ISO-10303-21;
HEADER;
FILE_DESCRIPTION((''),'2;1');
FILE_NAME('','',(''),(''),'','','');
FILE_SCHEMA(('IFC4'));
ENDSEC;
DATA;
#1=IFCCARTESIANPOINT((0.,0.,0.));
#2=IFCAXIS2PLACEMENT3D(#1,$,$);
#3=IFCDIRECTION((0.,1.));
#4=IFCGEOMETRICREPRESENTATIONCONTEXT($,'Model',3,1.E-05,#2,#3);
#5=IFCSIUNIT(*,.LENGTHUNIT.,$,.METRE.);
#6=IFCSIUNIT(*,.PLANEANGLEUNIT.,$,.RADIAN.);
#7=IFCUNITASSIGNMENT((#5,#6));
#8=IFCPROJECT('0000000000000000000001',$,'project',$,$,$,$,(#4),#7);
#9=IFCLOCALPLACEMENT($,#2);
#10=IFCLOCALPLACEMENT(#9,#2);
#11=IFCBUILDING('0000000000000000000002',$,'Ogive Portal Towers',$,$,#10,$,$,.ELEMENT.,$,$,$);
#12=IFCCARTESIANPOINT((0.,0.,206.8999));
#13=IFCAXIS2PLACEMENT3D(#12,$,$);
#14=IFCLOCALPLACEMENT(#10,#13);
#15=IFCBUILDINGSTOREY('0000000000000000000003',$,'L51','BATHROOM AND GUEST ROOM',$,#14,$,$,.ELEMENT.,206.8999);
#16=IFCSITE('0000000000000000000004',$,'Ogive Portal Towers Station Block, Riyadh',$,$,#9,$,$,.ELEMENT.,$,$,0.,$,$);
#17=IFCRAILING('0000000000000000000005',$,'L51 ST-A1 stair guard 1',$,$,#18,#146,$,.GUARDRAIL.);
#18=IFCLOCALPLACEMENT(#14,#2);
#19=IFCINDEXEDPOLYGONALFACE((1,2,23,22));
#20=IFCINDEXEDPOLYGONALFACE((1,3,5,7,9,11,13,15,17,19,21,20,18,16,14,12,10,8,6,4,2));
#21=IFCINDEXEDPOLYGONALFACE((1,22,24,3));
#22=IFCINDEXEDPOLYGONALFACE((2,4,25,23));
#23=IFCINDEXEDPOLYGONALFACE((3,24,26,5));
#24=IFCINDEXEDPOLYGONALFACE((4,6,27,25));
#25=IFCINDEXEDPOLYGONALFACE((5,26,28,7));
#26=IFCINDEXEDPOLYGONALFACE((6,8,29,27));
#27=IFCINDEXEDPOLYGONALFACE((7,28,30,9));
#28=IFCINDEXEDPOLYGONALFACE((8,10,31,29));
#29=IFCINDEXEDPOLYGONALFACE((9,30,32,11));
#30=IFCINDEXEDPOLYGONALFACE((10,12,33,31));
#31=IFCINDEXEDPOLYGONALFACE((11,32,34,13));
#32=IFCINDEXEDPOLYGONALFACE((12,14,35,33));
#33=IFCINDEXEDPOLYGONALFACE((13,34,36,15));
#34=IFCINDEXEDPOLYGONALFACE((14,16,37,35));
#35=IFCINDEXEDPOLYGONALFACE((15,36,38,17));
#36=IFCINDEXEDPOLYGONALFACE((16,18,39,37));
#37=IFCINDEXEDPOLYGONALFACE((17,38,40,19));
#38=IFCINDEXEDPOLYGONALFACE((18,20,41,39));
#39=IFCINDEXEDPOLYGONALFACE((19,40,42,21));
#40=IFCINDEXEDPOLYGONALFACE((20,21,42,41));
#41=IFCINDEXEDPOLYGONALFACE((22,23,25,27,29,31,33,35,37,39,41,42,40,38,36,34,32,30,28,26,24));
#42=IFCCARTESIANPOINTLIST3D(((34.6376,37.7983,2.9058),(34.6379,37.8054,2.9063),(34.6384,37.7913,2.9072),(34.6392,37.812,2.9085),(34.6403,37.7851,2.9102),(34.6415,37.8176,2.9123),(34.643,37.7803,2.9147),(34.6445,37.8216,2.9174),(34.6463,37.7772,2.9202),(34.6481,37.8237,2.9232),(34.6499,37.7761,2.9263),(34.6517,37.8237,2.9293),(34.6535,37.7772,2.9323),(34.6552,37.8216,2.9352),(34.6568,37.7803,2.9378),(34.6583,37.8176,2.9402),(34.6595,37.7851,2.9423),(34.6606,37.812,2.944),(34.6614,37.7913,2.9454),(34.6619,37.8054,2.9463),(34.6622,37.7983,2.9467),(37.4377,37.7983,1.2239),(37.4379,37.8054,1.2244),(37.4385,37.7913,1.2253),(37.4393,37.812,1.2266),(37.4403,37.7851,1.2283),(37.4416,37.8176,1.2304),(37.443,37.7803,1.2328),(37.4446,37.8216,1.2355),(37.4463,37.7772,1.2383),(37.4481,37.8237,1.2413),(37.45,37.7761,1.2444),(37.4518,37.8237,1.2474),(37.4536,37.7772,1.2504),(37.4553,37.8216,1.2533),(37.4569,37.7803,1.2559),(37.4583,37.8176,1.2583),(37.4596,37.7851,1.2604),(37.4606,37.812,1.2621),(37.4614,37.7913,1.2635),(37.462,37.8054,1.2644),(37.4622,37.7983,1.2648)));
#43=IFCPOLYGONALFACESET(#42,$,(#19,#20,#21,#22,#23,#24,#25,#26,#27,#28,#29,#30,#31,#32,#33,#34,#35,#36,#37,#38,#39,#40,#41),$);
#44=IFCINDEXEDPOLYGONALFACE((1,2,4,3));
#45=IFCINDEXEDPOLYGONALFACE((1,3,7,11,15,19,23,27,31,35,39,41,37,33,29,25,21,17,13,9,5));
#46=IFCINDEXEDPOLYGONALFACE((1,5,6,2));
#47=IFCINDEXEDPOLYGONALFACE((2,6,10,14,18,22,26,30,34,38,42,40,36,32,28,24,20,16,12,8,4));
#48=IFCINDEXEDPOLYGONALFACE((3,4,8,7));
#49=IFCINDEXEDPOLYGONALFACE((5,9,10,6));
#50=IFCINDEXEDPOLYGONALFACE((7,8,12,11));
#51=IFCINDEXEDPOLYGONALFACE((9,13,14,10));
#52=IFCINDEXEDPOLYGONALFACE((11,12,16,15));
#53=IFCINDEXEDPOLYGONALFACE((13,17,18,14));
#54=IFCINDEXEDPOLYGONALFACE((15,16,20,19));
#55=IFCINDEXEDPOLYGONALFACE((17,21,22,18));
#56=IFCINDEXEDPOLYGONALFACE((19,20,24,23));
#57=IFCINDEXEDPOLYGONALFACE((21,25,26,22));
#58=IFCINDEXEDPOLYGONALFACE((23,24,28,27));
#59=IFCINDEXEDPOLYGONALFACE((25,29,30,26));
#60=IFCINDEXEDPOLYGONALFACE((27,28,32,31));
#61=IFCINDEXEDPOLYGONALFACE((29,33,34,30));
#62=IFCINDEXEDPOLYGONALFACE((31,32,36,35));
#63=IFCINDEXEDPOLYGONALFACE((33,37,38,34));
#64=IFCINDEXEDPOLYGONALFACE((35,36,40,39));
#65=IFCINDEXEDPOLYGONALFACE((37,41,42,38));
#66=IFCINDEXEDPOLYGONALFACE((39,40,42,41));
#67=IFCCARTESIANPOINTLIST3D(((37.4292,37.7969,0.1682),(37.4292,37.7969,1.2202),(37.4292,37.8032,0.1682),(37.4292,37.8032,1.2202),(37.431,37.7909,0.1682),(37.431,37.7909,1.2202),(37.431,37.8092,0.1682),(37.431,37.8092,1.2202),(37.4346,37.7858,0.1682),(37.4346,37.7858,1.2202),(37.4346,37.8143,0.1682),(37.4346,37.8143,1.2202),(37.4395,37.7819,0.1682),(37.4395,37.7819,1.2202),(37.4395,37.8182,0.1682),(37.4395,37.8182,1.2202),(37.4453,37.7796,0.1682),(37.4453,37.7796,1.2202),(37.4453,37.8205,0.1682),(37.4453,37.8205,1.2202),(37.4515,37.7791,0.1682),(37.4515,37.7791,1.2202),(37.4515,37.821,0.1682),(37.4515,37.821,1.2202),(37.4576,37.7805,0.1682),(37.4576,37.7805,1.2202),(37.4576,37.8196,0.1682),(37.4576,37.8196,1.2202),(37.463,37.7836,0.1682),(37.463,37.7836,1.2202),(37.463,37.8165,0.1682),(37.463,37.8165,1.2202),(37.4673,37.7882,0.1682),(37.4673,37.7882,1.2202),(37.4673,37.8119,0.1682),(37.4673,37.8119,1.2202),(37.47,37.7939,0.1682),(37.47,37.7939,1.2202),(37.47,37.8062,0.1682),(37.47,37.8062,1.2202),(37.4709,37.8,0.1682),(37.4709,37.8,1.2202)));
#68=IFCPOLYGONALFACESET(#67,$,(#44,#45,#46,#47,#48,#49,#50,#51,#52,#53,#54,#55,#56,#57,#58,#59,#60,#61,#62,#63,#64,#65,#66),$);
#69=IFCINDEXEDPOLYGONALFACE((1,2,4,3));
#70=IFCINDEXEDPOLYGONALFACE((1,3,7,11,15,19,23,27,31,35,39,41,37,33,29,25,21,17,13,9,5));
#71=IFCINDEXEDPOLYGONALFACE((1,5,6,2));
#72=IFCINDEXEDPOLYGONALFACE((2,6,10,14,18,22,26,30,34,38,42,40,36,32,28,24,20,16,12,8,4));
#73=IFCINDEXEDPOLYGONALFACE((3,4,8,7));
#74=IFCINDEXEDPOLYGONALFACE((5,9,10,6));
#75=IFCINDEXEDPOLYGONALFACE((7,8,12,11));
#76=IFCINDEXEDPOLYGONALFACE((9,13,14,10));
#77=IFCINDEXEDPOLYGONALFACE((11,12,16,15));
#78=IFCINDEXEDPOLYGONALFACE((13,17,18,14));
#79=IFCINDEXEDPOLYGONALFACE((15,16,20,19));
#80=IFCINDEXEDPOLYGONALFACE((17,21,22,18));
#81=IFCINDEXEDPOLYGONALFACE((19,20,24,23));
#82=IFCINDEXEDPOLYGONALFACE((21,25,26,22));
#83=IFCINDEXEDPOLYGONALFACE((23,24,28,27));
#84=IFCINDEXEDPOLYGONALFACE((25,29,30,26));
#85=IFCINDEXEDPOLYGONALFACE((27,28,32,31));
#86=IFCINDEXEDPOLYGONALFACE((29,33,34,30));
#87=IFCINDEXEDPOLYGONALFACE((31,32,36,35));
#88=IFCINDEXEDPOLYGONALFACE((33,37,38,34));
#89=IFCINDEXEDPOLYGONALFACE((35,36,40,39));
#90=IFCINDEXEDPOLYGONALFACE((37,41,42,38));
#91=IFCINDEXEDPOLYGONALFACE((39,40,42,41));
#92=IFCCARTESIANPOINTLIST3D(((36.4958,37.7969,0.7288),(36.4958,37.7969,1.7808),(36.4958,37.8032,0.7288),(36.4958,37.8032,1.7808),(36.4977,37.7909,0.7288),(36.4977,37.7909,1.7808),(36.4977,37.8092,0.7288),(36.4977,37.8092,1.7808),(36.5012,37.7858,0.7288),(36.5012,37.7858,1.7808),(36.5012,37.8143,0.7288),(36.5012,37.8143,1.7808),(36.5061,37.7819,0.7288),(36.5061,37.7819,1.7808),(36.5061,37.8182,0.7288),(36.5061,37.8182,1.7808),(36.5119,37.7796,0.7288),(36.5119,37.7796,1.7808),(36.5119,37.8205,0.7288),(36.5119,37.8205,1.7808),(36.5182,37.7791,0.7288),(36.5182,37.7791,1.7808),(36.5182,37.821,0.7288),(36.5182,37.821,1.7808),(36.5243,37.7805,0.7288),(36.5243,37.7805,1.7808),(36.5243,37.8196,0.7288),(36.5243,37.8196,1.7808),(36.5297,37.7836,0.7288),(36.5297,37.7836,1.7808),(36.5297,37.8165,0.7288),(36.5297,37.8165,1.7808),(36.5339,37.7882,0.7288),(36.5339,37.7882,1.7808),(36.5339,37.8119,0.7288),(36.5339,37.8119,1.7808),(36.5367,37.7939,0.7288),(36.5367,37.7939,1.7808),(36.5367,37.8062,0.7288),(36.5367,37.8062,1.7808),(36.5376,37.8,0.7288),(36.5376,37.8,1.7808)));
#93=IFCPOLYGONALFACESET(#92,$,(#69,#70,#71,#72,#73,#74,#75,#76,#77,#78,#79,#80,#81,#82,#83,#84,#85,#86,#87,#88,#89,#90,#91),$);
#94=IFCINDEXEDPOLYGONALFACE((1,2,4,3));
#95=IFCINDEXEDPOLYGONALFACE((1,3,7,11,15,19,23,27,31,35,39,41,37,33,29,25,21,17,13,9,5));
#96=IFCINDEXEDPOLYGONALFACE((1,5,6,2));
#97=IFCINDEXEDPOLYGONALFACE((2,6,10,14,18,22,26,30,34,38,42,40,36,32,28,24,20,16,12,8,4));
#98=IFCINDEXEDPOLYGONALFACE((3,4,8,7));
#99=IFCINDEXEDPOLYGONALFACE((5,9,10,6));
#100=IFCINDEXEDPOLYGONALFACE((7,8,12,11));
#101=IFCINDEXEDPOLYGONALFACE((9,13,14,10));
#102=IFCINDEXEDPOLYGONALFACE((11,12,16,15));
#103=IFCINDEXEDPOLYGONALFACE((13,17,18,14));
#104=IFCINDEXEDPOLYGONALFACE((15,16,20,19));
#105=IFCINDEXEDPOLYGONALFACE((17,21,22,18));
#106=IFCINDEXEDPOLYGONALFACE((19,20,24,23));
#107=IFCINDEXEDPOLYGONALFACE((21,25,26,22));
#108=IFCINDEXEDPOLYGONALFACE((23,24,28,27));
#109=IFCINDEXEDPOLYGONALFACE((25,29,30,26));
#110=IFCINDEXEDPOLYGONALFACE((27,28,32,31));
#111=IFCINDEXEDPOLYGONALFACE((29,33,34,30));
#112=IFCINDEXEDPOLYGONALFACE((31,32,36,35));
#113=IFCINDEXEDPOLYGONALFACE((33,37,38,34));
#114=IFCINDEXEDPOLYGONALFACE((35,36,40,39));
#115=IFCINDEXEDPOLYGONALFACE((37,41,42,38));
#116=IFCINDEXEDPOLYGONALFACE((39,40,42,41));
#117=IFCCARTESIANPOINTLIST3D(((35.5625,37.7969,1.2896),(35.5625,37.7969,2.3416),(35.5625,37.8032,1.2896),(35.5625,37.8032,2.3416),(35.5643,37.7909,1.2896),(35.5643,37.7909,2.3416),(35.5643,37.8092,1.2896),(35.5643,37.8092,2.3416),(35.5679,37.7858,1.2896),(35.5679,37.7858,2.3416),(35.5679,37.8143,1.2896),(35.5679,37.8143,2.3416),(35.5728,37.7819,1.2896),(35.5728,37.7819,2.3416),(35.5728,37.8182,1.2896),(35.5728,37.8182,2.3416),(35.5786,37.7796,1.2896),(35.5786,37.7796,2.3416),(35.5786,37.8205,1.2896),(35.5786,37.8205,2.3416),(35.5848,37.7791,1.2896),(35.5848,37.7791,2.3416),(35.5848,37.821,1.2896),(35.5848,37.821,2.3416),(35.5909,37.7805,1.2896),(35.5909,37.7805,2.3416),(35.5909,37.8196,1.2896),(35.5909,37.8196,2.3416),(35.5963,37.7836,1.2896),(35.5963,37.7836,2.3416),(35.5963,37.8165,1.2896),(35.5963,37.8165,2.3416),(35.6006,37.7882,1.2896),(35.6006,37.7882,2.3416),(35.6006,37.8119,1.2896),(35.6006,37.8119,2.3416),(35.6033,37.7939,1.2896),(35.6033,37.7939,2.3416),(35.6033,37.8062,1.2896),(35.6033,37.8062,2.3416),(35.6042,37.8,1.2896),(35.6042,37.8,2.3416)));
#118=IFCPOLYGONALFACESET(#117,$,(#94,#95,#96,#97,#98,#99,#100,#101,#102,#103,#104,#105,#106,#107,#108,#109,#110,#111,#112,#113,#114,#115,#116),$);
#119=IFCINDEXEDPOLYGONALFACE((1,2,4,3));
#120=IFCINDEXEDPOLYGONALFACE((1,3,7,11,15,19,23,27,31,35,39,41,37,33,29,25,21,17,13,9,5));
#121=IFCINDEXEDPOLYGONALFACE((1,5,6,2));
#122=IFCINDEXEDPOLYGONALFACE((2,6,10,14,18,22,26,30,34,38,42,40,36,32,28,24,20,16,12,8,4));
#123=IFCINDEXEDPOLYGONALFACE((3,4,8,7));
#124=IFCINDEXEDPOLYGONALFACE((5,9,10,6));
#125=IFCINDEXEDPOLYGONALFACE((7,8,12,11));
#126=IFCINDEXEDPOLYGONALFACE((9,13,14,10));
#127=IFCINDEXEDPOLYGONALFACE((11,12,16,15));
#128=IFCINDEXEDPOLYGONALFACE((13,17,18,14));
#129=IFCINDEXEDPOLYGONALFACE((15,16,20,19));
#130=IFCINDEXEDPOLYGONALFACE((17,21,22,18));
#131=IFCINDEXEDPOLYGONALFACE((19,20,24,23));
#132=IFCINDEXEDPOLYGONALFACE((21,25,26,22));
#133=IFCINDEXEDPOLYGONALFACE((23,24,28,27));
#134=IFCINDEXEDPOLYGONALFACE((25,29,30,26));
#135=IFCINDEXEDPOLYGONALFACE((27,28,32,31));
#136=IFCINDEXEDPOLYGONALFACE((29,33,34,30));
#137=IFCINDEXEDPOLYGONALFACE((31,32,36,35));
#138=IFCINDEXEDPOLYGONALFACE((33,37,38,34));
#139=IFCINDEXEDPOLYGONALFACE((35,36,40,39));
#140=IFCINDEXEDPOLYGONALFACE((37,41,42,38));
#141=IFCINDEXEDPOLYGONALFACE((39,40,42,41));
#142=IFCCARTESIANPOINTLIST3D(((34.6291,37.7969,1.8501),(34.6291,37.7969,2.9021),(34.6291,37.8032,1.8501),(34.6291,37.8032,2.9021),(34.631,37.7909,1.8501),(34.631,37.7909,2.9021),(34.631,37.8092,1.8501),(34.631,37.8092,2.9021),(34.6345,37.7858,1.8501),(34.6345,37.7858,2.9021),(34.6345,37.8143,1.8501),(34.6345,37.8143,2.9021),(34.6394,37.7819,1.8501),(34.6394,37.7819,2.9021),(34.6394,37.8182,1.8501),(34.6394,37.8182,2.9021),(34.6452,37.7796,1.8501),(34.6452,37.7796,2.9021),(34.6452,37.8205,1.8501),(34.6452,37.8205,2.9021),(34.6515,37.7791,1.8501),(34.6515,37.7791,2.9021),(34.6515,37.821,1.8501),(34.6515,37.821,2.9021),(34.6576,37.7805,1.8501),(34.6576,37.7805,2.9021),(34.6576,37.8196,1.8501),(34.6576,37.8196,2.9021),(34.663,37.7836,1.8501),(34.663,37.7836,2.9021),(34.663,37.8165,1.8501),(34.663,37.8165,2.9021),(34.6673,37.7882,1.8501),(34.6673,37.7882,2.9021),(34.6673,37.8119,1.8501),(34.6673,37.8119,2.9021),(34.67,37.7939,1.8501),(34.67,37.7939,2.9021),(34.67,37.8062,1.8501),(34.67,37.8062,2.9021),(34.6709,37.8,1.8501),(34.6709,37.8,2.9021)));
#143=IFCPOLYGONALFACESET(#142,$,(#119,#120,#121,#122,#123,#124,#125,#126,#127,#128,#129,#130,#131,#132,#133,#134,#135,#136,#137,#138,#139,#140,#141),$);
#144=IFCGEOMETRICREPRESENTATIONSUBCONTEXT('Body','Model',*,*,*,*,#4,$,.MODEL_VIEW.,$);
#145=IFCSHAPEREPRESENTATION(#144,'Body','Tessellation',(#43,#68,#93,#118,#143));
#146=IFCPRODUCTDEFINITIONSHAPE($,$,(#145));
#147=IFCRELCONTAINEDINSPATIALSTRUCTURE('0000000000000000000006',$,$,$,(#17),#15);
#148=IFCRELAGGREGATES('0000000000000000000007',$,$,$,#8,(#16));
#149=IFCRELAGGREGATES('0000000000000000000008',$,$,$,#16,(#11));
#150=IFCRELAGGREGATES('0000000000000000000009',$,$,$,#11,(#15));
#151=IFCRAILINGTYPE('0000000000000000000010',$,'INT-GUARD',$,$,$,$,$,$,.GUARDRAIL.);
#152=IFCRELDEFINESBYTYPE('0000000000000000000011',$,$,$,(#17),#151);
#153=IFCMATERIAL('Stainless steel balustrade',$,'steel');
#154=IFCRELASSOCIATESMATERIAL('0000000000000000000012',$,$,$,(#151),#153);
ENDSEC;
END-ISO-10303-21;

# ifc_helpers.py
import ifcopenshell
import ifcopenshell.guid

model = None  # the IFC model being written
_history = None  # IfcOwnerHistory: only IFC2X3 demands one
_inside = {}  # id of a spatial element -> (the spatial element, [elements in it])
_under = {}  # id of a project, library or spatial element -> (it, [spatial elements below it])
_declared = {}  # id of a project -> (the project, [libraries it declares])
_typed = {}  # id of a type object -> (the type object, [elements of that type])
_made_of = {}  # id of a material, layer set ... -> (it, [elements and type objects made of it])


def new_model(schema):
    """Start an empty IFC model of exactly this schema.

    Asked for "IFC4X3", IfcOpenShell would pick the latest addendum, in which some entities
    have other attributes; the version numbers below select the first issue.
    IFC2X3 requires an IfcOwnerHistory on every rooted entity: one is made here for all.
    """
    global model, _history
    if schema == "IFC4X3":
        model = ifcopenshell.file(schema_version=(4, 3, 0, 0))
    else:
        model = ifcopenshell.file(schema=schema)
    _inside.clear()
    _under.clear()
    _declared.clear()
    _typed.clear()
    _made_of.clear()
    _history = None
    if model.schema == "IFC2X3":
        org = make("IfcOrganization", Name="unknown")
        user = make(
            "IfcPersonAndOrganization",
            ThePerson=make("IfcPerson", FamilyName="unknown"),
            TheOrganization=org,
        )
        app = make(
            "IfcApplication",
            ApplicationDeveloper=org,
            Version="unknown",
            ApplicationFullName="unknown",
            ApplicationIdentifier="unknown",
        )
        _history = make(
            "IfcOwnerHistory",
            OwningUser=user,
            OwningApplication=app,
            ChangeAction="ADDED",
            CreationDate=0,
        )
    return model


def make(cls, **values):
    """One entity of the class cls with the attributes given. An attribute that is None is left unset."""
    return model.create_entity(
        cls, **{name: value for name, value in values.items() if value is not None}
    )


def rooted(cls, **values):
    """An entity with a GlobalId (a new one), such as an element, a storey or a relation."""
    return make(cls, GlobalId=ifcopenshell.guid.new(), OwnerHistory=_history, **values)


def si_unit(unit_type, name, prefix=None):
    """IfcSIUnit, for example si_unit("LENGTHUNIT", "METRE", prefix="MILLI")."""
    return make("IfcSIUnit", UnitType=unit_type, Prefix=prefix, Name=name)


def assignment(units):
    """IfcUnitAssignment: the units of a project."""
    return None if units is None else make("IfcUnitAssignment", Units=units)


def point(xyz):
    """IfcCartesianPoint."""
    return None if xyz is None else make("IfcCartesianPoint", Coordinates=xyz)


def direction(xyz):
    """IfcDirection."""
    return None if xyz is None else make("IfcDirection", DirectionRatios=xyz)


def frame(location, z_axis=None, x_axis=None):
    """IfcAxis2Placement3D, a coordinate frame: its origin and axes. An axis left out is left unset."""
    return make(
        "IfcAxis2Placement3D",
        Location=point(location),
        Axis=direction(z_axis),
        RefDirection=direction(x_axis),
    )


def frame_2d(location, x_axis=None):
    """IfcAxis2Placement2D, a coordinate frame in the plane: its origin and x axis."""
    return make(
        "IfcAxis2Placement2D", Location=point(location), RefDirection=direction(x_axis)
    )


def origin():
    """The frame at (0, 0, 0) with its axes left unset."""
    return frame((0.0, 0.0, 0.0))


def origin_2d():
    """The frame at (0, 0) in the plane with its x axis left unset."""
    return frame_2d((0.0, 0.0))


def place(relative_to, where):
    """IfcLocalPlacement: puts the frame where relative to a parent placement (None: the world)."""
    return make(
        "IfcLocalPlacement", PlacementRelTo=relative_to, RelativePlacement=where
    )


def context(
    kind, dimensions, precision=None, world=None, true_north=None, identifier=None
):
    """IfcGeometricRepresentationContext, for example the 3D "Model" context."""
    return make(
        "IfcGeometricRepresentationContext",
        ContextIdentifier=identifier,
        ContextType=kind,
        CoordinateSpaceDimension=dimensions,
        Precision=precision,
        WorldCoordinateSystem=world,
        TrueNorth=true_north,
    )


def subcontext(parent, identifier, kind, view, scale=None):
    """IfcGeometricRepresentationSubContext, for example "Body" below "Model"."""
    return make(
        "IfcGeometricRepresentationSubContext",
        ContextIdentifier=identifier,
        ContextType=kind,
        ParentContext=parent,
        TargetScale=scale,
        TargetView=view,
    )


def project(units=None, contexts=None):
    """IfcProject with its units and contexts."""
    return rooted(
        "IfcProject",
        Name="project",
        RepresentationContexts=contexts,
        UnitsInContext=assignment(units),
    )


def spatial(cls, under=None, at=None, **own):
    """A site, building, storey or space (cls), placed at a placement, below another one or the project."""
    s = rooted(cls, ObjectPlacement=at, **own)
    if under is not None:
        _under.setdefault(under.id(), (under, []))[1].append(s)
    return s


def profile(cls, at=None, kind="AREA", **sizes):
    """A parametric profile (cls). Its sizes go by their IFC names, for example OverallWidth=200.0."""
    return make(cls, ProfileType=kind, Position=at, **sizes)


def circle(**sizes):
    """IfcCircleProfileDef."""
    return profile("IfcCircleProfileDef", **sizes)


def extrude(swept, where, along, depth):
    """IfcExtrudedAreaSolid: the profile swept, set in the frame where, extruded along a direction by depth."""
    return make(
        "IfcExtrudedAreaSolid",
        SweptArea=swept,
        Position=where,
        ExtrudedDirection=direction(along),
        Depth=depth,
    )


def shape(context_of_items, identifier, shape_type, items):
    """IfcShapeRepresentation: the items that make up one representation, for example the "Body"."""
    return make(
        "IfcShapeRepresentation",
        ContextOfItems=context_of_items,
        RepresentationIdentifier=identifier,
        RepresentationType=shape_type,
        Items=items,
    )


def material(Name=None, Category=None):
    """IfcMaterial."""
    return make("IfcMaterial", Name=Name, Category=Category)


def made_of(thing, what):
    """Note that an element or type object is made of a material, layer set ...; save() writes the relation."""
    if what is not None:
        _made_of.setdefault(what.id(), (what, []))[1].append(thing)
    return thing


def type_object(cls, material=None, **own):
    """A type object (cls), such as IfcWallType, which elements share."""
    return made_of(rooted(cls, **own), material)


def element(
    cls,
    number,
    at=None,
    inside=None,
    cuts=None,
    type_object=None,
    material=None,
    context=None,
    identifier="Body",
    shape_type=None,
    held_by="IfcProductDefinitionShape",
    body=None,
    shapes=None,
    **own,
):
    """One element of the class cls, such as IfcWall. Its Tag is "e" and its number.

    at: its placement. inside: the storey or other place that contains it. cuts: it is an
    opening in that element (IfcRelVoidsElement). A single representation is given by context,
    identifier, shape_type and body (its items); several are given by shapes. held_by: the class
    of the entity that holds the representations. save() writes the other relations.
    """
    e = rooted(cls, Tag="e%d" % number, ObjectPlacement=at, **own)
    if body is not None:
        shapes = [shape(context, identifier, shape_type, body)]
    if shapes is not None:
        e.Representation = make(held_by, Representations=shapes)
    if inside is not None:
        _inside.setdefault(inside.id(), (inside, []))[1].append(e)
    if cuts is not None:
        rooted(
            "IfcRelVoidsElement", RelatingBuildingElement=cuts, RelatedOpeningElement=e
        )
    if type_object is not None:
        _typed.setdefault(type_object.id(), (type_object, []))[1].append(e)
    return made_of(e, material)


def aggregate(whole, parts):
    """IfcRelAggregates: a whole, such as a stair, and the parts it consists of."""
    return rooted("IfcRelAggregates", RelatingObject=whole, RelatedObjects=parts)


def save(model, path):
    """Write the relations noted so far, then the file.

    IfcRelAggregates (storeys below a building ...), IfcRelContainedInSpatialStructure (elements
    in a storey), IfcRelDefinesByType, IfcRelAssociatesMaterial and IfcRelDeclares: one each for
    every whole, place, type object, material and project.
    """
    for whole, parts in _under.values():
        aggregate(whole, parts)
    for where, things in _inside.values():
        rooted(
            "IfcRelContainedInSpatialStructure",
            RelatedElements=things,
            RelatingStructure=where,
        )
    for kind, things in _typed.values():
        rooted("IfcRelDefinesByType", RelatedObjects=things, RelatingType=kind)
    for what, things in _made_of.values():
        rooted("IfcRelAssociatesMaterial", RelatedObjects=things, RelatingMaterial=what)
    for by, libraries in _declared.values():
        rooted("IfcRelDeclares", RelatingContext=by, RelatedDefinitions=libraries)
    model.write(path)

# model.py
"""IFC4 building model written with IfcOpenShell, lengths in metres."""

from ifc_helpers import new_model, si_unit, direction, frame, origin, origin_2d, place, context, subcontext, project, spatial, circle, extrude, material, type_object, element, save


model = new_model("IFC4")

# Units and contexts
model_context = context("Model", 3, precision=1e-05, world=origin(), true_north=direction((0.0, 1.0)))
body_context = subcontext(model_context, "Body", "Model", "MODEL_VIEW")
ifc_project = project(units=[si_unit("LENGTHUNIT", "METRE"), si_unit("PLANEANGLEUNIT", "RADIAN")], contexts=[model_context])

# Site, building, storey
site_placement = place(None, origin())
site = spatial("IfcSite", under=ifc_project, at=site_placement, Name="Ogive Portal Towers Station Block, Riyadh", CompositionType="ELEMENT", RefElevation=0.0)
building_placement = place(site_placement, origin())
building = spatial("IfcBuilding", under=site, at=building_placement, Name="Ogive Portal Towers", CompositionType="ELEMENT")
storey_placement = place(building_placement, frame((0.0, 0.0, 206.8999)))
storey = spatial("IfcBuildingStorey", under=building, at=storey_placement, Name="L51", Description="BATHROOM AND GUEST ROOM", CompositionType="ELEMENT", Elevation=206.8999)

# Railing
ifc_material_1 = material(Name="Stainless steel balustrade", Category="steel")
railing_type_1 = type_object("IfcRailingType", Name="INT-GUARD", PredefinedType="GUARDRAIL", material=ifc_material_1)
railing_1_placement = place(storey_placement, frame((37.45, 37.8, 0.1682)))
element("IfcRailing", 1, at=railing_1_placement, inside=storey, type_object=railing_type_1, Name="L51 ST-A1 stair guard 1", PredefinedType="GUARDRAIL", context=body_context, shape_type="SweptSolid", body=[
    extrude(circle(Radius=0.0239, at=origin_2d()), frame((0.0, 0.0, 1.0762), z_axis=(-0.857242, 0.0, 0.514913), x_axis=(0.0, -1.0, 0.0)), (0.0, 0.0, 1.0), 3.2664),
    extrude(circle(Radius=0.021, at=origin_2d()), origin(), (0.0, 0.0, 1.0), 1.052),
    extrude(circle(Radius=0.021, at=origin_2d()), frame((-0.9333, 0.0, 0.5605)), (0.0, 0.0, 1.0), 1.052),
    extrude(circle(Radius=0.021, at=origin_2d()), frame((-1.8667, 0.0, 1.1213)), (0.0, 0.0, 1.0), 1.052),
    extrude(circle(Radius=0.021, at=origin_2d()), frame((-2.8, 0.0, 1.6819)), (0.0, 0.0, 1.0), 1.052),
])

save(model, "model.ifc")
